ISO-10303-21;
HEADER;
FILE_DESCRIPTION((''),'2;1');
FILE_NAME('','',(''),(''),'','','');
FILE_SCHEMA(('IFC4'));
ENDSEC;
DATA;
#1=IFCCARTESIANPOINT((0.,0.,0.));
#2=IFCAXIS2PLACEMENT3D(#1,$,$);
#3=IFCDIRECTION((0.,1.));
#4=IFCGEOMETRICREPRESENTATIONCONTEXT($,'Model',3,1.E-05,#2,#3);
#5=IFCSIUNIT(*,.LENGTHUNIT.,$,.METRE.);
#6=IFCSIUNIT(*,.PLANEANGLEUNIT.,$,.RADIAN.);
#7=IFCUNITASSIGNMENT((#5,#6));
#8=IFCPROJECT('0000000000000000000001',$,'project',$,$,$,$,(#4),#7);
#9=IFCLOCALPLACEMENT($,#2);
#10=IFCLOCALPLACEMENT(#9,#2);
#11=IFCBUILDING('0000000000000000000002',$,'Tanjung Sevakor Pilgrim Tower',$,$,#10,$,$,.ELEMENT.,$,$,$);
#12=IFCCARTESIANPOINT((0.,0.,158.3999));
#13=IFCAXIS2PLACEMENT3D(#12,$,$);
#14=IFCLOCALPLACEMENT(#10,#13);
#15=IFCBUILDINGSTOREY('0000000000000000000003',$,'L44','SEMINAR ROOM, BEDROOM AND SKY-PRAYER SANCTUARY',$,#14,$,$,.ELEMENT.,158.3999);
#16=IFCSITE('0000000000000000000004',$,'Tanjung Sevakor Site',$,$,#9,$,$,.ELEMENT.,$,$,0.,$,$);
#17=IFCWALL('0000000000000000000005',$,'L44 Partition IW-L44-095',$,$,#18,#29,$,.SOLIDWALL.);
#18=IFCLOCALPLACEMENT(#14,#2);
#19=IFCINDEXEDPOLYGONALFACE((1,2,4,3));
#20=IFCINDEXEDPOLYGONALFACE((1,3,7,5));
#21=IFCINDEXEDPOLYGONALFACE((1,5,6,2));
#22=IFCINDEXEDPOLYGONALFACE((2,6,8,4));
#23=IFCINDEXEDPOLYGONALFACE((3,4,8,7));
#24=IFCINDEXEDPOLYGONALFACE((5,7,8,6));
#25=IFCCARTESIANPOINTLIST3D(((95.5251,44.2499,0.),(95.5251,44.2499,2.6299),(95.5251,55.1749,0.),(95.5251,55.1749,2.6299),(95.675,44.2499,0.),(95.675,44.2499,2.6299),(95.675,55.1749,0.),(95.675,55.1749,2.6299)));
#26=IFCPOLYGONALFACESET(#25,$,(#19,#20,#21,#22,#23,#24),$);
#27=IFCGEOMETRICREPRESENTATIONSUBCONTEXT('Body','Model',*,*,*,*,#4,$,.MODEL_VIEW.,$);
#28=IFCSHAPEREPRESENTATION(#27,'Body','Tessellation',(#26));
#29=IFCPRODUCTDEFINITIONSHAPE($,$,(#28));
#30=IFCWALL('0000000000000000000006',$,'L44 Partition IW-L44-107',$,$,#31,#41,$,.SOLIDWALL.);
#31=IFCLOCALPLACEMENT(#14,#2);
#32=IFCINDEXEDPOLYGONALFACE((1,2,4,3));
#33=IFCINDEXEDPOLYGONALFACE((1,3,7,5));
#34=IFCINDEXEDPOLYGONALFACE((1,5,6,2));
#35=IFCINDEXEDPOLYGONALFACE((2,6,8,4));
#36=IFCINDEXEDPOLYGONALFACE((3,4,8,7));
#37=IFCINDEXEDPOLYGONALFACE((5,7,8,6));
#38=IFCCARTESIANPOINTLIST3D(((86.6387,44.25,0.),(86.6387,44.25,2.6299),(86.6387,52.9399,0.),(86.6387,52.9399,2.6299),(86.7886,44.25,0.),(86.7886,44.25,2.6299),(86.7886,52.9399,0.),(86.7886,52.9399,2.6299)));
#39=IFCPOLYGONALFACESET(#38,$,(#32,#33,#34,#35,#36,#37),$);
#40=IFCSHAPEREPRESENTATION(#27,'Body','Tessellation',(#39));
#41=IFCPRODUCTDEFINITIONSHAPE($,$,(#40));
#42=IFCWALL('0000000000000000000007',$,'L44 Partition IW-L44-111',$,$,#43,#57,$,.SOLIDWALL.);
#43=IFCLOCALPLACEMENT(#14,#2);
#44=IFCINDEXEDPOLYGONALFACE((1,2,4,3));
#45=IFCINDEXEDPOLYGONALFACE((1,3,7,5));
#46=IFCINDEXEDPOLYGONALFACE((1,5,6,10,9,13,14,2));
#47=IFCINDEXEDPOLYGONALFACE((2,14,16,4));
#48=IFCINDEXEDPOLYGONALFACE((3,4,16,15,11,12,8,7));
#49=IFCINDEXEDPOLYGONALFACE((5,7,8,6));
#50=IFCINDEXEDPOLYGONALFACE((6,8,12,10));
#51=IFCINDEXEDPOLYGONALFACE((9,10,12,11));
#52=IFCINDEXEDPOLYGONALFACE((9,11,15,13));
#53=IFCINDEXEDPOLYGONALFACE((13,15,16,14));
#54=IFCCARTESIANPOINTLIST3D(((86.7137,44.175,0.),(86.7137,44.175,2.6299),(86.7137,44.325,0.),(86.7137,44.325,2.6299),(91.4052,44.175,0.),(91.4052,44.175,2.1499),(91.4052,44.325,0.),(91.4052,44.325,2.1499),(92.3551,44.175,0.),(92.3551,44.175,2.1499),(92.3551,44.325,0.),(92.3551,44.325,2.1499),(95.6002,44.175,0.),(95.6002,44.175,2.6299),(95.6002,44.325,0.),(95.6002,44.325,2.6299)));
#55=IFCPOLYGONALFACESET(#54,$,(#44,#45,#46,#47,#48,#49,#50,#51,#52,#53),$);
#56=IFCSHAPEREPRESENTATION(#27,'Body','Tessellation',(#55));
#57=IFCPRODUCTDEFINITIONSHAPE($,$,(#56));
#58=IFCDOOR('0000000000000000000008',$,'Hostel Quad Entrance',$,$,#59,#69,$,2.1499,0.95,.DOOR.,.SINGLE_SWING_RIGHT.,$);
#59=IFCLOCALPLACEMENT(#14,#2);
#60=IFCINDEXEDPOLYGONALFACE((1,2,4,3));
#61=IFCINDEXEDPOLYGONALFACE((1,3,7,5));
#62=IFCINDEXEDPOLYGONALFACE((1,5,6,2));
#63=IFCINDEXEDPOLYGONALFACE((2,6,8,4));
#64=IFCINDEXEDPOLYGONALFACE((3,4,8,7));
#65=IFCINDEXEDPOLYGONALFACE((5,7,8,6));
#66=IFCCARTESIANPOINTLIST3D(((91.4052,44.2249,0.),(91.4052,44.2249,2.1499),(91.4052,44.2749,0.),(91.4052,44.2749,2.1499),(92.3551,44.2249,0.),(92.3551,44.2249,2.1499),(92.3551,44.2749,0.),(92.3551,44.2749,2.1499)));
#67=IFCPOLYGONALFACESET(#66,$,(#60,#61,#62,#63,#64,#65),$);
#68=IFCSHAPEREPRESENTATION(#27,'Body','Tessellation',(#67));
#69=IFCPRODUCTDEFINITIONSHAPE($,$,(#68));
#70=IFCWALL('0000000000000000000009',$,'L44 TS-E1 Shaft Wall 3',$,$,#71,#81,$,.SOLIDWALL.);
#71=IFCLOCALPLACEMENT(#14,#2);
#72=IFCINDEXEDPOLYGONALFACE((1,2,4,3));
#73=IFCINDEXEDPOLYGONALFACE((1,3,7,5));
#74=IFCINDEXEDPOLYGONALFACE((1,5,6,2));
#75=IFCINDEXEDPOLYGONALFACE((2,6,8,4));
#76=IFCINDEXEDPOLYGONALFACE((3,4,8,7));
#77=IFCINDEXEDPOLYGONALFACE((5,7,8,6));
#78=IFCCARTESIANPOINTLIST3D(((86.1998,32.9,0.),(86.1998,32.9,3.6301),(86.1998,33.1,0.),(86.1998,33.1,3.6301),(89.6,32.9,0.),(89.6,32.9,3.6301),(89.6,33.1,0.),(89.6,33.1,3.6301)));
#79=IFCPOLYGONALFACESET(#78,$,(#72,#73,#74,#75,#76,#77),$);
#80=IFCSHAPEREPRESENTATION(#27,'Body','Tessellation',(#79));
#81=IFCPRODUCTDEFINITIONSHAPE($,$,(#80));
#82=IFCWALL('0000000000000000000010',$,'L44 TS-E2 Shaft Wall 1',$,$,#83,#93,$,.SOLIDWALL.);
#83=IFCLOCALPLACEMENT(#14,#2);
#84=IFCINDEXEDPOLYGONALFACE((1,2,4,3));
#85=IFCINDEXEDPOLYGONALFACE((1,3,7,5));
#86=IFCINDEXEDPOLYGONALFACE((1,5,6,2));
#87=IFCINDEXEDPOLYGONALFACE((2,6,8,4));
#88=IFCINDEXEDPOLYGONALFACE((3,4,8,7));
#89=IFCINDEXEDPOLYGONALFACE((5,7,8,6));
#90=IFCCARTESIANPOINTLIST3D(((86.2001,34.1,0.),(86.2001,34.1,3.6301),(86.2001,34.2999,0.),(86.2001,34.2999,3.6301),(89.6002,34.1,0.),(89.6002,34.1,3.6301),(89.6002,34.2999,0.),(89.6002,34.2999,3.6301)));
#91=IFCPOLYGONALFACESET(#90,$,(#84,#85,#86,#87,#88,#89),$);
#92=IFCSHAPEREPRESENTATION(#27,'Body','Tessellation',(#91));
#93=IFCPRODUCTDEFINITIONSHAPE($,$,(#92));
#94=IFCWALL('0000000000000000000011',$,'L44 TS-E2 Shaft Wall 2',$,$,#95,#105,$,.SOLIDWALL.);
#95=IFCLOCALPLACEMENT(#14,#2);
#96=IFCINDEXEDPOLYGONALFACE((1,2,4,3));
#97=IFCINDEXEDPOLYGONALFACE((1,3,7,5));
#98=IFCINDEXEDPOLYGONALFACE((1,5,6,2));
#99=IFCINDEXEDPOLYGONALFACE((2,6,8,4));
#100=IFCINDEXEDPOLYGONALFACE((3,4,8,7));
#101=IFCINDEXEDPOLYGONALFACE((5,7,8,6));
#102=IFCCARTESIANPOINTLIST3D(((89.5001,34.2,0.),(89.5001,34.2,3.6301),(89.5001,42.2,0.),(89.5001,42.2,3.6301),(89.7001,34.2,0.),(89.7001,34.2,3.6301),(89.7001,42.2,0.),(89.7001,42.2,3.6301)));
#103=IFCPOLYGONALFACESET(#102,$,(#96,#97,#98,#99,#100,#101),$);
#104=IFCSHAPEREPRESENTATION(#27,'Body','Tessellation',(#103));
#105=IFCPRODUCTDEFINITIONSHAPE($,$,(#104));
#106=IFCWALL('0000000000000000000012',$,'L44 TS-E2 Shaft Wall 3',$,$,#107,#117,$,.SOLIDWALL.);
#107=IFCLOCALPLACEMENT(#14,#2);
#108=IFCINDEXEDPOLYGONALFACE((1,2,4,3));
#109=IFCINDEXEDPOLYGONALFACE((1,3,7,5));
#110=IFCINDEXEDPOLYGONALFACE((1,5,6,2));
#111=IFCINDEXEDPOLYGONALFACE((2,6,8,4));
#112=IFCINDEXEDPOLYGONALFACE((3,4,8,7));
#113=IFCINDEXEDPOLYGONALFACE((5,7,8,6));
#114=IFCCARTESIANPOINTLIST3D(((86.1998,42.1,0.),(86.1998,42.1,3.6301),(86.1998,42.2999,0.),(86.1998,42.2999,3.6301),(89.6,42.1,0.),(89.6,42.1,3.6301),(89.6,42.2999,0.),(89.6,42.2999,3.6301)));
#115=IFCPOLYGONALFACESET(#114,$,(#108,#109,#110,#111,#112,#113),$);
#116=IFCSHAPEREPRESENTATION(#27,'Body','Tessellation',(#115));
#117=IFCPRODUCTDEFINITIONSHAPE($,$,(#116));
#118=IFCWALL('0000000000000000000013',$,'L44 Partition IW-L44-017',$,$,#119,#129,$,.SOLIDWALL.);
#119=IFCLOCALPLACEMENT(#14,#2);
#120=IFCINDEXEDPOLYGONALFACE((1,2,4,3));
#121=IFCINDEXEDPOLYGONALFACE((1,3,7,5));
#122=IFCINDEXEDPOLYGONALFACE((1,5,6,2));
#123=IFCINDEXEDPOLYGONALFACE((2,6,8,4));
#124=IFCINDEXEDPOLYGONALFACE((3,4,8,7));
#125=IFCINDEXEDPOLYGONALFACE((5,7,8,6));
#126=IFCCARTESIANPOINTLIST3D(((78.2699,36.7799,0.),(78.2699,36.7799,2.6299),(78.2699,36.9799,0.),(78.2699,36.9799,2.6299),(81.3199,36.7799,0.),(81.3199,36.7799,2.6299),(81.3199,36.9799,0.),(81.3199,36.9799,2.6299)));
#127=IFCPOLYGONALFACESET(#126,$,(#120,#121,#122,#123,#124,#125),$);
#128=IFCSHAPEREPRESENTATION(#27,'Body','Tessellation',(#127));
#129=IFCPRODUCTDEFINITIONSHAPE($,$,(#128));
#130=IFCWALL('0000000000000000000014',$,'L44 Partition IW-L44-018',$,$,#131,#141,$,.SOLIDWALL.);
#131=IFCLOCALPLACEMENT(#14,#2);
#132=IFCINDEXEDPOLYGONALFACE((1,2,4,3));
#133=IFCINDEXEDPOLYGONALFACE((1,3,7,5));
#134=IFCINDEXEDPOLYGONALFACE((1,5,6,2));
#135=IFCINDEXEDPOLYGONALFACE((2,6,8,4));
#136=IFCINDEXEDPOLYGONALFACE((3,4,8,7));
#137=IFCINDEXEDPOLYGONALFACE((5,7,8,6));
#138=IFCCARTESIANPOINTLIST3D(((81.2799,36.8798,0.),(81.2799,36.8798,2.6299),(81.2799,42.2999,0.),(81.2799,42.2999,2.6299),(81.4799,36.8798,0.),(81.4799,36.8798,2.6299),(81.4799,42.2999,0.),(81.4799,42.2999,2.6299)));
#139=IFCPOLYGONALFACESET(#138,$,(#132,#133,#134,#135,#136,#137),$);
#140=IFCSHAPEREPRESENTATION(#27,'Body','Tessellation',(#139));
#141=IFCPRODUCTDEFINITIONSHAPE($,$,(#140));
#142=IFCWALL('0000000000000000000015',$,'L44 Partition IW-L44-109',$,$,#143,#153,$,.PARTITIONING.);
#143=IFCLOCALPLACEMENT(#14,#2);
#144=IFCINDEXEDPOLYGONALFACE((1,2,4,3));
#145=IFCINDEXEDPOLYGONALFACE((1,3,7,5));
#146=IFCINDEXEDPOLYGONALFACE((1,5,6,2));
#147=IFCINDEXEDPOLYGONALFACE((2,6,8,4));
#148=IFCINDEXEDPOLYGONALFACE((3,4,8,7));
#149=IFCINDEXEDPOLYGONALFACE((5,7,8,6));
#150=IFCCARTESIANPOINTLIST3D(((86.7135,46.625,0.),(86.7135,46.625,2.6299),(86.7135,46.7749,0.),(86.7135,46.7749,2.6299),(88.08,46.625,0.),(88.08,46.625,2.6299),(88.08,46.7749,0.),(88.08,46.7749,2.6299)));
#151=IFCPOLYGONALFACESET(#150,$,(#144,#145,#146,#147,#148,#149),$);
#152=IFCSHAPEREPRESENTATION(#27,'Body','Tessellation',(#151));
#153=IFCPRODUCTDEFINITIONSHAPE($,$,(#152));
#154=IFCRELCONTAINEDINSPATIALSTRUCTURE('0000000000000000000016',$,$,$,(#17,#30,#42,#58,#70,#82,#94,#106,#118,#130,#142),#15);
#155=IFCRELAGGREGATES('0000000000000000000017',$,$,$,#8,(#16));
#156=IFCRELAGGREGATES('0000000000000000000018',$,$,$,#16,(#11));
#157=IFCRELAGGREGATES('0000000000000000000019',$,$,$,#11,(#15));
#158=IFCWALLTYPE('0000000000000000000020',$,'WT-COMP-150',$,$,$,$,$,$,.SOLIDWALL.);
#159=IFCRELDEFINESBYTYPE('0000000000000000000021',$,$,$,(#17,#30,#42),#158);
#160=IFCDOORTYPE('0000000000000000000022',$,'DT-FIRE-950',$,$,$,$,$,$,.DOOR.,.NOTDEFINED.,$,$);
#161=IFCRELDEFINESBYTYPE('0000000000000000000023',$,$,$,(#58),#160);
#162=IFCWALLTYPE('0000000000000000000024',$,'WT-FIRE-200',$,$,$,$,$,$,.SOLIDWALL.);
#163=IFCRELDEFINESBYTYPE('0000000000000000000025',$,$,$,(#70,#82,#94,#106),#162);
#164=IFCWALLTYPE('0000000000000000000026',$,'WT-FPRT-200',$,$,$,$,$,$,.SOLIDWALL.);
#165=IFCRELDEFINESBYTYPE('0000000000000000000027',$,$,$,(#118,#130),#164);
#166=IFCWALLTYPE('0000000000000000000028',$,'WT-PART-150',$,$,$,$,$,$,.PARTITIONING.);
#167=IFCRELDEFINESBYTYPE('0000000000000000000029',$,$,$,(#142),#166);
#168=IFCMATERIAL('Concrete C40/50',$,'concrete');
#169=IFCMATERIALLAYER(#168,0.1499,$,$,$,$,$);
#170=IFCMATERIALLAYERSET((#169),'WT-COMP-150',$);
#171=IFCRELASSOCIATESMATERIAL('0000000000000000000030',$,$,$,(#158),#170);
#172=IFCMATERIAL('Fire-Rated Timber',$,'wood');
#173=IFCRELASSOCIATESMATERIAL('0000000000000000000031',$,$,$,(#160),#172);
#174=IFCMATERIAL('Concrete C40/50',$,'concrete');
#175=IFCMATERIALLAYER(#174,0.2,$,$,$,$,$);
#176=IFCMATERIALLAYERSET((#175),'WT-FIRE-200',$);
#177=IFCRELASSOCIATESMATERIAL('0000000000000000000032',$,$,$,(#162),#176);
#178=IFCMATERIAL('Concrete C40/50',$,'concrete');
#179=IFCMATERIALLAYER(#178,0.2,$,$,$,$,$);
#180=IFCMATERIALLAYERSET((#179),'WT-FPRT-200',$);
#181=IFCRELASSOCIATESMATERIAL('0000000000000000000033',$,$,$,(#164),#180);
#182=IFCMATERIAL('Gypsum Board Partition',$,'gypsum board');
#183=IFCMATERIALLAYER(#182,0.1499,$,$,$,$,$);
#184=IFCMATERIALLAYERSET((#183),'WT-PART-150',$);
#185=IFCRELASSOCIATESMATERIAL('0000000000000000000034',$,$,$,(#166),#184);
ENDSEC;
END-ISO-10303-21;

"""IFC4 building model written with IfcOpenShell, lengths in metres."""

from ifc_helpers import new_model, si_unit, direction, frame, frame_2d, origin, place, context, subcontext, project, spatial, rectangle, extrude, material, layer, layer_set, type_object, element, fill, save


model = new_model("IFC4")

# Units and contexts
model_context = context("Model", 3, precision=1e-05, world=origin(), true_north=direction((0.0, 1.0)))
body_context = subcontext(model_context, "Body", "Model", "MODEL_VIEW")
ifc_project = project(units=[si_unit("LENGTHUNIT", "METRE"), si_unit("PLANEANGLEUNIT", "RADIAN")], contexts=[model_context])

# Site, building, storey
site_placement = place(None, origin())
site = spatial("IfcSite", under=ifc_project, at=site_placement, Name="Tanjung Sevakor Site", CompositionType="ELEMENT", RefElevation=0.0)
building_placement = place(site_placement, origin())
building = spatial("IfcBuilding", under=site, at=building_placement, Name="Tanjung Sevakor Pilgrim Tower", CompositionType="ELEMENT")
storey_placement = place(building_placement, frame((0.0, 0.0, 158.3999)))
storey = spatial("IfcBuildingStorey", under=building, at=storey_placement, Name="L44", Description="SEMINAR ROOM, BEDROOM AND SKY-PRAYER SANCTUARY", CompositionType="ELEMENT", Elevation=158.3999)

# Shared definitions
ifc_material_1 = material(Name="Concrete C40/50", Category="concrete")
ifc_layer_1 = layer(ifc_material_1, 0.1499)
ifc_layer_set_1 = layer_set([ifc_layer_1], Name="WT-COMP-150")
wall_type_1 = type_object("IfcWallType", Name="WT-COMP-150", PredefinedType="SOLIDWALL", material=ifc_layer_set_1)

# Shared definitions
ifc_material_2 = material(Name="Fire-Rated Timber", Category="wood")
door_type_1 = type_object("IfcDoorType", Name="DT-FIRE-950", OperationType="NOTDEFINED", PredefinedType="DOOR", material=ifc_material_2)

# Walls
wall_1_placement = place(storey_placement, frame((95.6001, 44.25, 0.0), z_axis=(0.0, 0.0, 1.0), x_axis=(0.0, 1.0, 0.0)))
element("IfcWall", 1, at=wall_1_placement, inside=storey, type_object=wall_type_1, Name="L44 Partition IW-L44-095", PredefinedType="SOLIDWALL", context=body_context, shape_type="SweptSolid", body=[
    extrude(rectangle(XDim=10.925, YDim=0.1499, at=frame_2d((5.4624, 0.0))), origin(), (0.0, 0.0, 1.0), 2.6299),
])
wall_2_placement = place(storey_placement, frame((86.7136, 44.25, 0.0), z_axis=(0.0, 0.0, 1.0), x_axis=(0.0, 1.0, 0.0)))
element("IfcWall", 2, at=wall_2_placement, inside=storey, type_object=wall_type_1, Name="L44 Partition IW-L44-107", PredefinedType="SOLIDWALL", context=body_context, shape_type="SweptSolid", body=[
    extrude(rectangle(XDim=8.6899, YDim=0.1499, at=frame_2d((4.345, 0.0))), origin(), (0.0, 0.0, 1.0), 2.6299),
])

# Wall, opening, door
wall_3_placement = place(storey_placement, frame((86.7136, 44.25, 0.0), z_axis=(0.0, 0.0, 1.0), x_axis=(1.0, 0.0, 0.0)))
wall_3 = element("IfcWall", 3, at=wall_3_placement, inside=storey, type_object=wall_type_1, Name="L44 Partition IW-L44-111", PredefinedType="SOLIDWALL", context=body_context, shape_type="SweptSolid", body=[
    extrude(rectangle(XDim=8.8865, YDim=0.1499, at=frame_2d((4.4434, 0.0))), origin(), (0.0, 0.0, 1.0), 2.6299),
])
opening_1_placement = place(wall_3_placement, frame((4.6914, 0.0, 0.0)))
opening_1 = element("IfcOpeningElement", 4, at=opening_1_placement, cuts=wall_3, PredefinedType="OPENING", context=body_context, shape_type="SweptSolid", body=[
    extrude(rectangle(XDim=0.95, YDim=2.1499, at=frame_2d((0.4751, 1.075))), frame((0.0, 0.085, 0.0), z_axis=(0.0, -1.0, 0.0), x_axis=(1.0, 0.0, 0.0)), (0.0, 0.0, 1.0), 0.1699),
])
door_1_placement = place(opening_1_placement, origin())
door_1 = element("IfcDoor", 5, at=door_1_placement, inside=storey, type_object=door_type_1, Name="Hostel Quad Entrance", OperationType="SINGLE_SWING_RIGHT", OverallHeight=2.1499, OverallWidth=0.95, PredefinedType="DOOR", context=body_context, shape_type="SweptSolid", body=[
    extrude(rectangle(XDim=0.95, YDim=2.1499, at=frame_2d((0.4751, 1.075))), frame((0.0, 0.0249, 0.0), z_axis=(0.0, -1.0, 0.0), x_axis=(1.0, 0.0, 0.0)), (0.0, 0.0, 1.0), 0.05),
])
fill(opening_1, door_1)

# Walls
ifc_material_3 = material(Name="Concrete C40/50", Category="concrete")
ifc_layer_2 = layer(ifc_material_3, 0.2)
ifc_layer_set_2 = layer_set([ifc_layer_2], Name="WT-FIRE-200")
wall_type_2 = type_object("IfcWallType", Name="WT-FIRE-200", PredefinedType="SOLIDWALL", material=ifc_layer_set_2)
for number, where, z_axis, x_axis, name in (
    (6, (89.6001, 33.0, 0.0), (0.0, 0.0, 1.0), (-1.0, 0.0, 0.0), "L44 TS-E1 Shaft Wall 3"),
    (7, (86.2, 34.2, 0.0), (0.0, 0.0, 1.0), (1.0, 0.0, 0.0), "L44 TS-E2 Shaft Wall 1"),
):
    element("IfcWall", number, at=place(storey_placement, frame(where, z_axis=z_axis, x_axis=x_axis)), inside=storey, type_object=wall_type_2, Name=name, PredefinedType="SOLIDWALL", context=body_context, shape_type="SweptSolid", body=[
        extrude(rectangle(XDim=3.4001, YDim=0.2, at=frame_2d((1.7002, 0.0))), origin(), (0.0, 0.0, 1.0), 3.6301),
    ])
wall_4_placement = place(storey_placement, frame((89.6001, 34.2, 0.0), z_axis=(0.0, 0.0, 1.0), x_axis=(0.0, 1.0, 0.0)))
element("IfcWall", 8, at=wall_4_placement, inside=storey, type_object=wall_type_2, Name="L44 TS-E2 Shaft Wall 2", PredefinedType="SOLIDWALL", context=body_context, shape_type="SweptSolid", body=[
    extrude(rectangle(XDim=8.0, YDim=0.2, at=frame_2d((4.0, 0.0))), origin(), (0.0, 0.0, 1.0), 3.6301),
])
wall_5_placement = place(storey_placement, frame((89.6001, 42.2, 0.0), z_axis=(0.0, 0.0, 1.0), x_axis=(-1.0, 0.0, 0.0)))
element("IfcWall", 9, at=wall_5_placement, inside=storey, type_object=wall_type_2, Name="L44 TS-E2 Shaft Wall 3", PredefinedType="SOLIDWALL", context=body_context, shape_type="SweptSolid", body=[
    extrude(rectangle(XDim=3.4001, YDim=0.2, at=frame_2d((1.7002, 0.0))), origin(), (0.0, 0.0, 1.0), 3.6301),
])
ifc_material_4 = material(Name="Concrete C40/50", Category="concrete")
ifc_layer_3 = layer(ifc_material_4, 0.2)
ifc_layer_set_3 = layer_set([ifc_layer_3], Name="WT-FPRT-200")
wall_type_3 = type_object("IfcWallType", Name="WT-FPRT-200", PredefinedType="SOLIDWALL", material=ifc_layer_set_3)
wall_6_placement = place(storey_placement, frame((78.27, 36.8799, 0.0), z_axis=(0.0, 0.0, 1.0), x_axis=(1.0, 0.0, 0.0)))
element("IfcWall", 10, at=wall_6_placement, inside=storey, type_object=wall_type_3, Name="L44 Partition IW-L44-017", PredefinedType="SOLIDWALL", context=body_context, shape_type="SweptSolid", body=[
    extrude(rectangle(XDim=3.05, YDim=0.2, at=frame_2d((1.5249, 0.0))), origin(), (0.0, 0.0, 1.0), 2.6299),
])
wall_7_placement = place(storey_placement, frame((81.3799, 36.8799, 0.0), z_axis=(0.0, 0.0, 1.0), x_axis=(0.0, 1.0, 0.0)))
element("IfcWall", 11, at=wall_7_placement, inside=storey, type_object=wall_type_3, Name="L44 Partition IW-L44-018", PredefinedType="SOLIDWALL", context=body_context, shape_type="SweptSolid", body=[
    extrude(rectangle(XDim=5.4202, YDim=0.2, at=frame_2d((2.71, 0.0))), origin(), (0.0, 0.0, 1.0), 2.6299),
])
ifc_material_5 = material(Name="Gypsum Board Partition", Category="gypsum board")
ifc_layer_4 = layer(ifc_material_5, 0.1499)
ifc_layer_set_4 = layer_set([ifc_layer_4], Name="WT-PART-150")
wall_type_4 = type_object("IfcWallType", Name="WT-PART-150", PredefinedType="PARTITIONING", material=ifc_layer_set_4)
wall_8_placement = place(storey_placement, frame((86.7136, 46.7, 0.0), z_axis=(0.0, 0.0, 1.0), x_axis=(1.0, 0.0, 0.0)))
element("IfcWall", 12, at=wall_8_placement, inside=storey, type_object=wall_type_4, Name="L44 Partition IW-L44-109", PredefinedType="PARTITIONING", context=body_context, shape_type="SweptSolid", body=[
    extrude(rectangle(XDim=1.3665, YDim=0.1499, at=frame_2d((0.6831, 0.0))), origin(), (0.0, 0.0, 1.0), 2.6299),
])

save(model, "model.ifc")
